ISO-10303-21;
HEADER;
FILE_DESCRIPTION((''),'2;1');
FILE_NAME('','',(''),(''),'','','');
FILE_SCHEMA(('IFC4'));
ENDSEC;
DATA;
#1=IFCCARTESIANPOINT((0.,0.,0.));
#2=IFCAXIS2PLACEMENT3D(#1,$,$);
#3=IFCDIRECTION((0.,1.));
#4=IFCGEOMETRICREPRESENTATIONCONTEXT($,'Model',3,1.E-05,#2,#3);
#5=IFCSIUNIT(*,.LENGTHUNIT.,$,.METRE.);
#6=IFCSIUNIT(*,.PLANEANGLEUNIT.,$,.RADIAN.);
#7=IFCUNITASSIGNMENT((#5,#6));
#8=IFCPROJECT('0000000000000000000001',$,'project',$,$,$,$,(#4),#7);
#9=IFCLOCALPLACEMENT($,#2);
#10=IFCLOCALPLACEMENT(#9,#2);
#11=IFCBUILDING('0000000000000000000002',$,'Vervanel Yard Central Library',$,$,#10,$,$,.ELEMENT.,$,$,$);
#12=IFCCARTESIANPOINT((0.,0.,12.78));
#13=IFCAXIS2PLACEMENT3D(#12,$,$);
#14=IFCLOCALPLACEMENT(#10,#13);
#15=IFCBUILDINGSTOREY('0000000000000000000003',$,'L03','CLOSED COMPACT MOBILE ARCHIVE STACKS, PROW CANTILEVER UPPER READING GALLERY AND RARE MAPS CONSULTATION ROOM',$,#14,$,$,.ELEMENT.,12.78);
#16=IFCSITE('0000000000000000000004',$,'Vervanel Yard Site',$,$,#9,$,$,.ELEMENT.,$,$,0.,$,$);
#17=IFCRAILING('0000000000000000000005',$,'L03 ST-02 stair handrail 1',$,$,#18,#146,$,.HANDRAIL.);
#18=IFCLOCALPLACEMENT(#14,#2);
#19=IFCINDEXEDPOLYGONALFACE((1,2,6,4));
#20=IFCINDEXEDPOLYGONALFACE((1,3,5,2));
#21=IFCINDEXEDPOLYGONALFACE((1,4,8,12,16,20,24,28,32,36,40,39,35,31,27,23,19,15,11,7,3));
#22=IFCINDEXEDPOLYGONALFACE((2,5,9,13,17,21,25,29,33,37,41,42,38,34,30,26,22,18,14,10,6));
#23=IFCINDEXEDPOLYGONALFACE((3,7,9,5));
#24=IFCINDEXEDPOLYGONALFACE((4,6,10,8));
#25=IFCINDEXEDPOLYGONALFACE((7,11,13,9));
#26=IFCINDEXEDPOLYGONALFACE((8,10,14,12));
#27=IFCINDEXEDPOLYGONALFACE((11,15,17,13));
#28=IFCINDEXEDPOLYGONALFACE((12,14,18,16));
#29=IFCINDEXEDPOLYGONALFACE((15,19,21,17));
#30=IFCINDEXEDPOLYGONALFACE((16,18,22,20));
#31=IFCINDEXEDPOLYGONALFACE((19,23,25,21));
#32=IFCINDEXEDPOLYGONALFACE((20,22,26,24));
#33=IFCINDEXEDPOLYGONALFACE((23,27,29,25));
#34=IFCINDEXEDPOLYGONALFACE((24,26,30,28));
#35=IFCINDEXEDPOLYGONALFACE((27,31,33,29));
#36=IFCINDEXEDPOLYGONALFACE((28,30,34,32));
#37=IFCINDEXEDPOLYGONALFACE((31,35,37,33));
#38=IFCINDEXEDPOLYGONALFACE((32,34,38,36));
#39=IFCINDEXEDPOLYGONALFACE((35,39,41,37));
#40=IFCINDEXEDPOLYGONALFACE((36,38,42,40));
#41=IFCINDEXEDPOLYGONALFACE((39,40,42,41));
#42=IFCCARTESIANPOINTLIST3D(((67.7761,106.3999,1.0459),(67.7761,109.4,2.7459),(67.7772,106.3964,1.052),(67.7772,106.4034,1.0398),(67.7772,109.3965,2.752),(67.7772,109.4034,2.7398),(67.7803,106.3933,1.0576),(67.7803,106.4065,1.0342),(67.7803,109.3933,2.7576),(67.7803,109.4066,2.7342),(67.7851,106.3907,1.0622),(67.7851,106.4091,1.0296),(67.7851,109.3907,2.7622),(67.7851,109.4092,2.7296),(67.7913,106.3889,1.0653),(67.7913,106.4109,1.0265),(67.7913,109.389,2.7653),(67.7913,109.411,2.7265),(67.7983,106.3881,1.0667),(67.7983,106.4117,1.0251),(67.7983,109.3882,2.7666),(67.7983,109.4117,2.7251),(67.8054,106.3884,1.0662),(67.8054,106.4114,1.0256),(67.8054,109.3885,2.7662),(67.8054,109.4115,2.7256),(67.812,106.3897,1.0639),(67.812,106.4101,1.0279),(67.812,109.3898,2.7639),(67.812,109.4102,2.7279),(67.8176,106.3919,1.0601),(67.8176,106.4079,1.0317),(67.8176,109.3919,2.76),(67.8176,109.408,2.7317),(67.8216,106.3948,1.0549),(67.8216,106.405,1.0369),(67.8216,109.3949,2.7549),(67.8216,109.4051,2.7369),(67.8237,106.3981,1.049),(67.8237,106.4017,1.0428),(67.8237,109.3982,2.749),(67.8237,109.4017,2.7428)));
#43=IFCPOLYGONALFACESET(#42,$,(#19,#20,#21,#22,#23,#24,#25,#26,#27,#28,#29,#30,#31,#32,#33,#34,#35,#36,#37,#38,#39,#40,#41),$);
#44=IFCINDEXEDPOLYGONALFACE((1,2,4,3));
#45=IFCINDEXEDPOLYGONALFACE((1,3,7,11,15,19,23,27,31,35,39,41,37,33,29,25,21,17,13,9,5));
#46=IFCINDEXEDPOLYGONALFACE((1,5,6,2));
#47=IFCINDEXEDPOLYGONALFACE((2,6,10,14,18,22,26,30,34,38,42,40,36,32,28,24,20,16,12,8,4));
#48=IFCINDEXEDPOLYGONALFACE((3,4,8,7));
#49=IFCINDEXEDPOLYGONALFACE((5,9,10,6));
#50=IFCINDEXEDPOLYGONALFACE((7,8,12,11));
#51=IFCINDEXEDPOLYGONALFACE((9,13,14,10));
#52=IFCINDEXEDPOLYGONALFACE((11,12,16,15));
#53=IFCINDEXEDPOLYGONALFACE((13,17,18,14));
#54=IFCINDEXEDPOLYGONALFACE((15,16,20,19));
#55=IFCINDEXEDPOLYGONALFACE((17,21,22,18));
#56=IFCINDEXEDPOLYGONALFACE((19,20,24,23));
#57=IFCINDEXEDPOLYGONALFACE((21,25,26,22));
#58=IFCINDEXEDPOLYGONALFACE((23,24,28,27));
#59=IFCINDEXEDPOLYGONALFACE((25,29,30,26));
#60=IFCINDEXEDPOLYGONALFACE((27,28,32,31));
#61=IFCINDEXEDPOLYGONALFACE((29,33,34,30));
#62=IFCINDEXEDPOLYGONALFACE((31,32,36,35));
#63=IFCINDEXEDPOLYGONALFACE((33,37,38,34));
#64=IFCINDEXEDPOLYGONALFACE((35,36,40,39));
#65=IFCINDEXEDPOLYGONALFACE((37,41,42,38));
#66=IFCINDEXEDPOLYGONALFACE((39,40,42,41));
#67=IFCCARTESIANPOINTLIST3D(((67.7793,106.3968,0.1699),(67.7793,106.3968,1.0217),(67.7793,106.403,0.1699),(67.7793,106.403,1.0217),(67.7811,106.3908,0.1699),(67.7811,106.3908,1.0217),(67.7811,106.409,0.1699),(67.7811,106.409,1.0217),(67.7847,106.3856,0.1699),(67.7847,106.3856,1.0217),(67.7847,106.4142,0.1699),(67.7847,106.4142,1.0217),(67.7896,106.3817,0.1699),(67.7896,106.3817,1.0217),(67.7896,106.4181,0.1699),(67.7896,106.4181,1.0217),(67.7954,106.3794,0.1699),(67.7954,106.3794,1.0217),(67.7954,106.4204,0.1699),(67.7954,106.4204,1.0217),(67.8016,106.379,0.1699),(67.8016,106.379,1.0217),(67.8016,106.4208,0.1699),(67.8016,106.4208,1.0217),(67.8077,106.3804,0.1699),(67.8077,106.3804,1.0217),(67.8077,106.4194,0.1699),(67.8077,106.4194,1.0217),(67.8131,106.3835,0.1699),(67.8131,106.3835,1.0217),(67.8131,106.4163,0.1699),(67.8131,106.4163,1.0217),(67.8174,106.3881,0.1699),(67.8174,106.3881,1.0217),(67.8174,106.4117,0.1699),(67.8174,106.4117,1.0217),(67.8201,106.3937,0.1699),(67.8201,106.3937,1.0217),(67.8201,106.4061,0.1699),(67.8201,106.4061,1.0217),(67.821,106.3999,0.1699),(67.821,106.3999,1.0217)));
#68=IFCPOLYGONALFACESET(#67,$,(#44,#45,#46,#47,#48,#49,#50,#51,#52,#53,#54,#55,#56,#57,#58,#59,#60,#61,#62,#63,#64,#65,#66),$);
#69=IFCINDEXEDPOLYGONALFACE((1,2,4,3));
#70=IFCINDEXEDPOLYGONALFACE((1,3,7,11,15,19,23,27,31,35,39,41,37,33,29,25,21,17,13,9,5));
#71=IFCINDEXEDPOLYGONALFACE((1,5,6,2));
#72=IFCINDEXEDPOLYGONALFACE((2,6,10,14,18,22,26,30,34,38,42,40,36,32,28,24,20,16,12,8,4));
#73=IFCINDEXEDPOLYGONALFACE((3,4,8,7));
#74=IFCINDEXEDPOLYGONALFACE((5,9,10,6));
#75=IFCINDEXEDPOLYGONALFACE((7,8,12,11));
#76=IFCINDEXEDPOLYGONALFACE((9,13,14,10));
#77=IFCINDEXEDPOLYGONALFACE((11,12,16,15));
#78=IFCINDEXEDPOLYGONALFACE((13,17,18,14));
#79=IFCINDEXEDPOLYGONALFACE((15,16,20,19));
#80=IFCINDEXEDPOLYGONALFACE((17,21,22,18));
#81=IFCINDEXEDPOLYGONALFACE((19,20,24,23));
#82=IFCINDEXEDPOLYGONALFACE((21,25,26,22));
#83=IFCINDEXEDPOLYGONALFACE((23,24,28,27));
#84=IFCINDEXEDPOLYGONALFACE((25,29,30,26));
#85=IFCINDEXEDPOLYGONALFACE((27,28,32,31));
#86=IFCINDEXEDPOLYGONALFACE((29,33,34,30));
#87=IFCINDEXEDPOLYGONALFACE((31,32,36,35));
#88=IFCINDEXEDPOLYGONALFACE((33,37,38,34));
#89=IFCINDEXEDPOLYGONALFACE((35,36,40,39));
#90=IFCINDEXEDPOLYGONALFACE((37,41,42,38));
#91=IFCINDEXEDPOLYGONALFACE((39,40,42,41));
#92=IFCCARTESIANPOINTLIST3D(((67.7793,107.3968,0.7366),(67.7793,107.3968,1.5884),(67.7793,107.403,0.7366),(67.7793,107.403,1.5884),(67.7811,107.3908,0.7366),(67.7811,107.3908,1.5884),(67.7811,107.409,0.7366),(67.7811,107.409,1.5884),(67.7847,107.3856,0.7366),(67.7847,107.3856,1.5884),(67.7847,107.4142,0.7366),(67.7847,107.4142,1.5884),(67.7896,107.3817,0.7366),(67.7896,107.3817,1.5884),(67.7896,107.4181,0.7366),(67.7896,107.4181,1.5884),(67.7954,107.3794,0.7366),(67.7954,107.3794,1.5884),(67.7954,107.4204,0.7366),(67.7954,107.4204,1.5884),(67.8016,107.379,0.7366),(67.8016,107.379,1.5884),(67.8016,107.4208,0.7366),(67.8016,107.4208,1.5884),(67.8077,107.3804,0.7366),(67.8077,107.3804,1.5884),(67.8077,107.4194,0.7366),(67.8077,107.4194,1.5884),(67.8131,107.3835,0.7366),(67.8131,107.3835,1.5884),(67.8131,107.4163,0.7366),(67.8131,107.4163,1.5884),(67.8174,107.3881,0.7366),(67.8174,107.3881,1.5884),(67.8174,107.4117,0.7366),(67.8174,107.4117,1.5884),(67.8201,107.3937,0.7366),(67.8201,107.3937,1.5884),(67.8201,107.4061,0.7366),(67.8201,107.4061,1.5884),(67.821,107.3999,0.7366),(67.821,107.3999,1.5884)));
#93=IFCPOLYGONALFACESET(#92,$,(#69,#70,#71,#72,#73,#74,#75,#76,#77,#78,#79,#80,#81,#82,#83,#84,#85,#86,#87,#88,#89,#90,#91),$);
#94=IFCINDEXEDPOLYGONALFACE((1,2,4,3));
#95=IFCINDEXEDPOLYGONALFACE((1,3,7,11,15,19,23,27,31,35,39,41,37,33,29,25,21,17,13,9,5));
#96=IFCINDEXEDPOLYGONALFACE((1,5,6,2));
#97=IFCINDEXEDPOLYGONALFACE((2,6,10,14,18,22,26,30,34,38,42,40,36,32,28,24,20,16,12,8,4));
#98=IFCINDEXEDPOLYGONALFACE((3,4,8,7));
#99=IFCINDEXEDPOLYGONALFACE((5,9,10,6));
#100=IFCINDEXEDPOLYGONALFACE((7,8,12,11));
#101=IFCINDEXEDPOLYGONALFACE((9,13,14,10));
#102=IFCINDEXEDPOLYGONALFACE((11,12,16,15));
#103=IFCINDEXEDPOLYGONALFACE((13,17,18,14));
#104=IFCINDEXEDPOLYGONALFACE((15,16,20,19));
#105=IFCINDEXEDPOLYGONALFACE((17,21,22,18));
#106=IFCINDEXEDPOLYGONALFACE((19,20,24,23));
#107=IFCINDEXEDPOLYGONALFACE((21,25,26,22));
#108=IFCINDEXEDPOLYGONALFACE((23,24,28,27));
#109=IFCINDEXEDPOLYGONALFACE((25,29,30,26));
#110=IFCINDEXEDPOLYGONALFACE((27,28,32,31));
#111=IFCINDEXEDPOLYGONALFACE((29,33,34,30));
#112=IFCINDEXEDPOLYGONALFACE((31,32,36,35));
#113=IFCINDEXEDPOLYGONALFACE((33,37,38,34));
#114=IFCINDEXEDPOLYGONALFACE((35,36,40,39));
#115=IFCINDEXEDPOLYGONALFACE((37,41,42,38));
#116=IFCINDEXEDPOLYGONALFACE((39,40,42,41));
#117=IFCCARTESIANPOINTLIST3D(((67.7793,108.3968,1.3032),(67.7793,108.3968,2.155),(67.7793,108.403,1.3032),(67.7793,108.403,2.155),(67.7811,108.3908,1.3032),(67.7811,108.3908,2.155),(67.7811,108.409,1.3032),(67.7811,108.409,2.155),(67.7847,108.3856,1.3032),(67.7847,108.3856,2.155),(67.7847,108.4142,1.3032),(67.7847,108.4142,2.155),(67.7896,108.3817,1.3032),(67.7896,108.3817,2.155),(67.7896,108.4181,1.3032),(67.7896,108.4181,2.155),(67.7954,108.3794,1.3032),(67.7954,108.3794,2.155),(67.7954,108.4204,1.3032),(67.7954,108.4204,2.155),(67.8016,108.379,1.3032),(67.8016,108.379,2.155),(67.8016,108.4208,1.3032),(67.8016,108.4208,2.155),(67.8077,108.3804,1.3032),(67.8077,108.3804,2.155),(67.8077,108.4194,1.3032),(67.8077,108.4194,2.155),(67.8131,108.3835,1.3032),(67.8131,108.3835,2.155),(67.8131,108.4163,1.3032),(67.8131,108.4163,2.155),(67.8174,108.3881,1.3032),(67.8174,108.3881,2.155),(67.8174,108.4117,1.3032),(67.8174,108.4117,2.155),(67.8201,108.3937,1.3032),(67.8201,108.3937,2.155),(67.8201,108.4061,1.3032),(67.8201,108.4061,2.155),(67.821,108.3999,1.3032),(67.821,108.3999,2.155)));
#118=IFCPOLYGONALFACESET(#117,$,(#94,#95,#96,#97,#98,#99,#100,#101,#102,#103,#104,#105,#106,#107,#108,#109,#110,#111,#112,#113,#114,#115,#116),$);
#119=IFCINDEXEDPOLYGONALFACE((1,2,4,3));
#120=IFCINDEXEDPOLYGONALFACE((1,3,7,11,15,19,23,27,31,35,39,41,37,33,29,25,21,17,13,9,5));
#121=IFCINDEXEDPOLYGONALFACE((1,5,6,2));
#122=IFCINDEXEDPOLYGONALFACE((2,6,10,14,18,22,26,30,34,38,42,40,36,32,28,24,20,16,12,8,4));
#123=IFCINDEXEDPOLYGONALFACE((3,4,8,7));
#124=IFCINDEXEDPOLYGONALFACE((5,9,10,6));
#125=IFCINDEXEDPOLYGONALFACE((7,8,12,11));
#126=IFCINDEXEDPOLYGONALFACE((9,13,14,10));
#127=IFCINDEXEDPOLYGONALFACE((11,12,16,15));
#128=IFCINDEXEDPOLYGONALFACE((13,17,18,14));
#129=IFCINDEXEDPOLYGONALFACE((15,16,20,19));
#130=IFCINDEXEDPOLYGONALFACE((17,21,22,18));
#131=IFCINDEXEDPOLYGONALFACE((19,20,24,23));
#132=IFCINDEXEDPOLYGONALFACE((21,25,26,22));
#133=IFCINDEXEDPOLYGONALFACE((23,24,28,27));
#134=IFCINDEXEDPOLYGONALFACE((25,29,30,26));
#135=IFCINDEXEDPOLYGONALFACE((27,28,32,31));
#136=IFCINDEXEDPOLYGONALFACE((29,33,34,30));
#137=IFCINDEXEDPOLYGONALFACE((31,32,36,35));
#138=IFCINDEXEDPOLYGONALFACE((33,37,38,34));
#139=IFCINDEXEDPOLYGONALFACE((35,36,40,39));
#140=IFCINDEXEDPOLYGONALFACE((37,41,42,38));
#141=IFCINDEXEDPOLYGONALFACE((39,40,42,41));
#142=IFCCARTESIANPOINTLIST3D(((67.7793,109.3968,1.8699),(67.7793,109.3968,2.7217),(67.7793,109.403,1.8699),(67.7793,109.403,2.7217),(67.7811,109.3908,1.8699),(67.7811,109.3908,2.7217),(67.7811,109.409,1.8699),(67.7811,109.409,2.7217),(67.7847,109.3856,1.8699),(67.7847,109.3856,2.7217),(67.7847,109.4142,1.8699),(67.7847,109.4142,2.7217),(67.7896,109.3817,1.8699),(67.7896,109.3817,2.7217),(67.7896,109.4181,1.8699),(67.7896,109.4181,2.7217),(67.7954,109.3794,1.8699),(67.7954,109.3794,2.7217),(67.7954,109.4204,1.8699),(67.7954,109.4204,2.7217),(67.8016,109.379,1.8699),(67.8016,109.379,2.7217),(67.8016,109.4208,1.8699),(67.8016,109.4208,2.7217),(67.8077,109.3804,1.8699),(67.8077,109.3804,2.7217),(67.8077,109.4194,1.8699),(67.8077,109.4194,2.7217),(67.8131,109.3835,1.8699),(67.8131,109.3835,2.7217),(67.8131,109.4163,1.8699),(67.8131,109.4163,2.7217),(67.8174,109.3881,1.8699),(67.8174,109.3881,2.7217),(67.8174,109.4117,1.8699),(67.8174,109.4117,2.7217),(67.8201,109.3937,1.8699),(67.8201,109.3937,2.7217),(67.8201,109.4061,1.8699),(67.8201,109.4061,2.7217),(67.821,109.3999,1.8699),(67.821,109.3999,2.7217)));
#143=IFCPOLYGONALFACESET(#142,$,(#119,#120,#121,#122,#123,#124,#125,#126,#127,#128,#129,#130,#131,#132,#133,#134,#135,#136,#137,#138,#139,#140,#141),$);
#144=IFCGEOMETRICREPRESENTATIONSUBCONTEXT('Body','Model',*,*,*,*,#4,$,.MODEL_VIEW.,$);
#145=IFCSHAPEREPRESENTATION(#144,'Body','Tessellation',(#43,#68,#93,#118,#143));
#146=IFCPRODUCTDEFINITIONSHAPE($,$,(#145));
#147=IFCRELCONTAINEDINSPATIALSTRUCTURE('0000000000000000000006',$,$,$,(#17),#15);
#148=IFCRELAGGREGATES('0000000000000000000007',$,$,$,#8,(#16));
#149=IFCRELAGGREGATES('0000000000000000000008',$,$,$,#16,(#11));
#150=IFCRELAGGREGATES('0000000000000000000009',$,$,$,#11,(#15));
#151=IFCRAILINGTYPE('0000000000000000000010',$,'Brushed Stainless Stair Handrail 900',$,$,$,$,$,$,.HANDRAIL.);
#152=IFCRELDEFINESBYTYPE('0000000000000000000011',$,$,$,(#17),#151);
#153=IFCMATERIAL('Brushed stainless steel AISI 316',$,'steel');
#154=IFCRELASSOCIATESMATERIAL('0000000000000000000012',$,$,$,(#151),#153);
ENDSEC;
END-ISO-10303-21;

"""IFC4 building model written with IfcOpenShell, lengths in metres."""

from ifc_helpers import new_model, si_unit, direction, frame, origin, origin_2d, place, context, subcontext, project, spatial, circle, extrude, material, type_object, element, save


model = new_model("IFC4")

# Units and contexts
model_context = context("Model", 3, precision=1e-05, world=origin(), true_north=direction((0.0, 1.0)))
body_context = subcontext(model_context, "Body", "Model", "MODEL_VIEW")
ifc_project = project(units=[si_unit("LENGTHUNIT", "METRE"), si_unit("PLANEANGLEUNIT", "RADIAN")], contexts=[model_context])

# Site, building, storey
site_placement = place(None, origin())
site = spatial("IfcSite", under=ifc_project, at=site_placement, Name="Vervanel Yard Site", CompositionType="ELEMENT", RefElevation=0.0)
building_placement = place(site_placement, origin())
building = spatial("IfcBuilding", under=site, at=building_placement, Name="Vervanel Yard Central Library", CompositionType="ELEMENT")
storey_placement = place(building_placement, frame((0.0, 0.0, 12.78)))
storey = spatial("IfcBuildingStorey", under=building, at=storey_placement, Name="L03", Description="CLOSED COMPACT MOBILE ARCHIVE STACKS, PROW CANTILEVER UPPER READING GALLERY AND RARE MAPS CONSULTATION ROOM", CompositionType="ELEMENT", Elevation=12.78)

# Shared definitions
ifc_material_1 = material(Name="Brushed stainless steel AISI 316", Category="steel")

# Railing
railing_type_1 = type_object("IfcRailingType", Name="Brushed Stainless Stair Handrail 900", PredefinedType="HANDRAIL", material=ifc_material_1)
railing_1_placement = place(storey_placement, frame((67.8, 106.3999, 0.1699)))
element("IfcRailing", 1, at=railing_1_placement, inside=storey, type_object=railing_type_1, Name="L03 ST-02 stair handrail 1", PredefinedType="HANDRAIL", context=body_context, shape_type="SweptSolid", body=[
    extrude(circle(Radius=0.0239, at=origin_2d()), frame((0.0, 0.0, 0.876), z_axis=(0.0, 0.870028, 0.493002), x_axis=(-1.0, 0.0, 0.0)), (0.0, 0.0, 1.0), 3.4482),
    extrude(circle(Radius=0.021, at=origin_2d()), origin(), (0.0, 0.0, 1.0), 0.8518),
    extrude(circle(Radius=0.021, at=origin_2d()), frame((0.0, 1.0, 0.5667)), (0.0, 0.0, 1.0), 0.8518),
    extrude(circle(Radius=0.021, at=origin_2d()), frame((0.0, 2.0, 1.1333)), (0.0, 0.0, 1.0), 0.8518),
    extrude(circle(Radius=0.021, at=origin_2d()), frame((0.0, 3.0, 1.7)), (0.0, 0.0, 1.0), 0.8518),
])

save(model, "model.ifc")
